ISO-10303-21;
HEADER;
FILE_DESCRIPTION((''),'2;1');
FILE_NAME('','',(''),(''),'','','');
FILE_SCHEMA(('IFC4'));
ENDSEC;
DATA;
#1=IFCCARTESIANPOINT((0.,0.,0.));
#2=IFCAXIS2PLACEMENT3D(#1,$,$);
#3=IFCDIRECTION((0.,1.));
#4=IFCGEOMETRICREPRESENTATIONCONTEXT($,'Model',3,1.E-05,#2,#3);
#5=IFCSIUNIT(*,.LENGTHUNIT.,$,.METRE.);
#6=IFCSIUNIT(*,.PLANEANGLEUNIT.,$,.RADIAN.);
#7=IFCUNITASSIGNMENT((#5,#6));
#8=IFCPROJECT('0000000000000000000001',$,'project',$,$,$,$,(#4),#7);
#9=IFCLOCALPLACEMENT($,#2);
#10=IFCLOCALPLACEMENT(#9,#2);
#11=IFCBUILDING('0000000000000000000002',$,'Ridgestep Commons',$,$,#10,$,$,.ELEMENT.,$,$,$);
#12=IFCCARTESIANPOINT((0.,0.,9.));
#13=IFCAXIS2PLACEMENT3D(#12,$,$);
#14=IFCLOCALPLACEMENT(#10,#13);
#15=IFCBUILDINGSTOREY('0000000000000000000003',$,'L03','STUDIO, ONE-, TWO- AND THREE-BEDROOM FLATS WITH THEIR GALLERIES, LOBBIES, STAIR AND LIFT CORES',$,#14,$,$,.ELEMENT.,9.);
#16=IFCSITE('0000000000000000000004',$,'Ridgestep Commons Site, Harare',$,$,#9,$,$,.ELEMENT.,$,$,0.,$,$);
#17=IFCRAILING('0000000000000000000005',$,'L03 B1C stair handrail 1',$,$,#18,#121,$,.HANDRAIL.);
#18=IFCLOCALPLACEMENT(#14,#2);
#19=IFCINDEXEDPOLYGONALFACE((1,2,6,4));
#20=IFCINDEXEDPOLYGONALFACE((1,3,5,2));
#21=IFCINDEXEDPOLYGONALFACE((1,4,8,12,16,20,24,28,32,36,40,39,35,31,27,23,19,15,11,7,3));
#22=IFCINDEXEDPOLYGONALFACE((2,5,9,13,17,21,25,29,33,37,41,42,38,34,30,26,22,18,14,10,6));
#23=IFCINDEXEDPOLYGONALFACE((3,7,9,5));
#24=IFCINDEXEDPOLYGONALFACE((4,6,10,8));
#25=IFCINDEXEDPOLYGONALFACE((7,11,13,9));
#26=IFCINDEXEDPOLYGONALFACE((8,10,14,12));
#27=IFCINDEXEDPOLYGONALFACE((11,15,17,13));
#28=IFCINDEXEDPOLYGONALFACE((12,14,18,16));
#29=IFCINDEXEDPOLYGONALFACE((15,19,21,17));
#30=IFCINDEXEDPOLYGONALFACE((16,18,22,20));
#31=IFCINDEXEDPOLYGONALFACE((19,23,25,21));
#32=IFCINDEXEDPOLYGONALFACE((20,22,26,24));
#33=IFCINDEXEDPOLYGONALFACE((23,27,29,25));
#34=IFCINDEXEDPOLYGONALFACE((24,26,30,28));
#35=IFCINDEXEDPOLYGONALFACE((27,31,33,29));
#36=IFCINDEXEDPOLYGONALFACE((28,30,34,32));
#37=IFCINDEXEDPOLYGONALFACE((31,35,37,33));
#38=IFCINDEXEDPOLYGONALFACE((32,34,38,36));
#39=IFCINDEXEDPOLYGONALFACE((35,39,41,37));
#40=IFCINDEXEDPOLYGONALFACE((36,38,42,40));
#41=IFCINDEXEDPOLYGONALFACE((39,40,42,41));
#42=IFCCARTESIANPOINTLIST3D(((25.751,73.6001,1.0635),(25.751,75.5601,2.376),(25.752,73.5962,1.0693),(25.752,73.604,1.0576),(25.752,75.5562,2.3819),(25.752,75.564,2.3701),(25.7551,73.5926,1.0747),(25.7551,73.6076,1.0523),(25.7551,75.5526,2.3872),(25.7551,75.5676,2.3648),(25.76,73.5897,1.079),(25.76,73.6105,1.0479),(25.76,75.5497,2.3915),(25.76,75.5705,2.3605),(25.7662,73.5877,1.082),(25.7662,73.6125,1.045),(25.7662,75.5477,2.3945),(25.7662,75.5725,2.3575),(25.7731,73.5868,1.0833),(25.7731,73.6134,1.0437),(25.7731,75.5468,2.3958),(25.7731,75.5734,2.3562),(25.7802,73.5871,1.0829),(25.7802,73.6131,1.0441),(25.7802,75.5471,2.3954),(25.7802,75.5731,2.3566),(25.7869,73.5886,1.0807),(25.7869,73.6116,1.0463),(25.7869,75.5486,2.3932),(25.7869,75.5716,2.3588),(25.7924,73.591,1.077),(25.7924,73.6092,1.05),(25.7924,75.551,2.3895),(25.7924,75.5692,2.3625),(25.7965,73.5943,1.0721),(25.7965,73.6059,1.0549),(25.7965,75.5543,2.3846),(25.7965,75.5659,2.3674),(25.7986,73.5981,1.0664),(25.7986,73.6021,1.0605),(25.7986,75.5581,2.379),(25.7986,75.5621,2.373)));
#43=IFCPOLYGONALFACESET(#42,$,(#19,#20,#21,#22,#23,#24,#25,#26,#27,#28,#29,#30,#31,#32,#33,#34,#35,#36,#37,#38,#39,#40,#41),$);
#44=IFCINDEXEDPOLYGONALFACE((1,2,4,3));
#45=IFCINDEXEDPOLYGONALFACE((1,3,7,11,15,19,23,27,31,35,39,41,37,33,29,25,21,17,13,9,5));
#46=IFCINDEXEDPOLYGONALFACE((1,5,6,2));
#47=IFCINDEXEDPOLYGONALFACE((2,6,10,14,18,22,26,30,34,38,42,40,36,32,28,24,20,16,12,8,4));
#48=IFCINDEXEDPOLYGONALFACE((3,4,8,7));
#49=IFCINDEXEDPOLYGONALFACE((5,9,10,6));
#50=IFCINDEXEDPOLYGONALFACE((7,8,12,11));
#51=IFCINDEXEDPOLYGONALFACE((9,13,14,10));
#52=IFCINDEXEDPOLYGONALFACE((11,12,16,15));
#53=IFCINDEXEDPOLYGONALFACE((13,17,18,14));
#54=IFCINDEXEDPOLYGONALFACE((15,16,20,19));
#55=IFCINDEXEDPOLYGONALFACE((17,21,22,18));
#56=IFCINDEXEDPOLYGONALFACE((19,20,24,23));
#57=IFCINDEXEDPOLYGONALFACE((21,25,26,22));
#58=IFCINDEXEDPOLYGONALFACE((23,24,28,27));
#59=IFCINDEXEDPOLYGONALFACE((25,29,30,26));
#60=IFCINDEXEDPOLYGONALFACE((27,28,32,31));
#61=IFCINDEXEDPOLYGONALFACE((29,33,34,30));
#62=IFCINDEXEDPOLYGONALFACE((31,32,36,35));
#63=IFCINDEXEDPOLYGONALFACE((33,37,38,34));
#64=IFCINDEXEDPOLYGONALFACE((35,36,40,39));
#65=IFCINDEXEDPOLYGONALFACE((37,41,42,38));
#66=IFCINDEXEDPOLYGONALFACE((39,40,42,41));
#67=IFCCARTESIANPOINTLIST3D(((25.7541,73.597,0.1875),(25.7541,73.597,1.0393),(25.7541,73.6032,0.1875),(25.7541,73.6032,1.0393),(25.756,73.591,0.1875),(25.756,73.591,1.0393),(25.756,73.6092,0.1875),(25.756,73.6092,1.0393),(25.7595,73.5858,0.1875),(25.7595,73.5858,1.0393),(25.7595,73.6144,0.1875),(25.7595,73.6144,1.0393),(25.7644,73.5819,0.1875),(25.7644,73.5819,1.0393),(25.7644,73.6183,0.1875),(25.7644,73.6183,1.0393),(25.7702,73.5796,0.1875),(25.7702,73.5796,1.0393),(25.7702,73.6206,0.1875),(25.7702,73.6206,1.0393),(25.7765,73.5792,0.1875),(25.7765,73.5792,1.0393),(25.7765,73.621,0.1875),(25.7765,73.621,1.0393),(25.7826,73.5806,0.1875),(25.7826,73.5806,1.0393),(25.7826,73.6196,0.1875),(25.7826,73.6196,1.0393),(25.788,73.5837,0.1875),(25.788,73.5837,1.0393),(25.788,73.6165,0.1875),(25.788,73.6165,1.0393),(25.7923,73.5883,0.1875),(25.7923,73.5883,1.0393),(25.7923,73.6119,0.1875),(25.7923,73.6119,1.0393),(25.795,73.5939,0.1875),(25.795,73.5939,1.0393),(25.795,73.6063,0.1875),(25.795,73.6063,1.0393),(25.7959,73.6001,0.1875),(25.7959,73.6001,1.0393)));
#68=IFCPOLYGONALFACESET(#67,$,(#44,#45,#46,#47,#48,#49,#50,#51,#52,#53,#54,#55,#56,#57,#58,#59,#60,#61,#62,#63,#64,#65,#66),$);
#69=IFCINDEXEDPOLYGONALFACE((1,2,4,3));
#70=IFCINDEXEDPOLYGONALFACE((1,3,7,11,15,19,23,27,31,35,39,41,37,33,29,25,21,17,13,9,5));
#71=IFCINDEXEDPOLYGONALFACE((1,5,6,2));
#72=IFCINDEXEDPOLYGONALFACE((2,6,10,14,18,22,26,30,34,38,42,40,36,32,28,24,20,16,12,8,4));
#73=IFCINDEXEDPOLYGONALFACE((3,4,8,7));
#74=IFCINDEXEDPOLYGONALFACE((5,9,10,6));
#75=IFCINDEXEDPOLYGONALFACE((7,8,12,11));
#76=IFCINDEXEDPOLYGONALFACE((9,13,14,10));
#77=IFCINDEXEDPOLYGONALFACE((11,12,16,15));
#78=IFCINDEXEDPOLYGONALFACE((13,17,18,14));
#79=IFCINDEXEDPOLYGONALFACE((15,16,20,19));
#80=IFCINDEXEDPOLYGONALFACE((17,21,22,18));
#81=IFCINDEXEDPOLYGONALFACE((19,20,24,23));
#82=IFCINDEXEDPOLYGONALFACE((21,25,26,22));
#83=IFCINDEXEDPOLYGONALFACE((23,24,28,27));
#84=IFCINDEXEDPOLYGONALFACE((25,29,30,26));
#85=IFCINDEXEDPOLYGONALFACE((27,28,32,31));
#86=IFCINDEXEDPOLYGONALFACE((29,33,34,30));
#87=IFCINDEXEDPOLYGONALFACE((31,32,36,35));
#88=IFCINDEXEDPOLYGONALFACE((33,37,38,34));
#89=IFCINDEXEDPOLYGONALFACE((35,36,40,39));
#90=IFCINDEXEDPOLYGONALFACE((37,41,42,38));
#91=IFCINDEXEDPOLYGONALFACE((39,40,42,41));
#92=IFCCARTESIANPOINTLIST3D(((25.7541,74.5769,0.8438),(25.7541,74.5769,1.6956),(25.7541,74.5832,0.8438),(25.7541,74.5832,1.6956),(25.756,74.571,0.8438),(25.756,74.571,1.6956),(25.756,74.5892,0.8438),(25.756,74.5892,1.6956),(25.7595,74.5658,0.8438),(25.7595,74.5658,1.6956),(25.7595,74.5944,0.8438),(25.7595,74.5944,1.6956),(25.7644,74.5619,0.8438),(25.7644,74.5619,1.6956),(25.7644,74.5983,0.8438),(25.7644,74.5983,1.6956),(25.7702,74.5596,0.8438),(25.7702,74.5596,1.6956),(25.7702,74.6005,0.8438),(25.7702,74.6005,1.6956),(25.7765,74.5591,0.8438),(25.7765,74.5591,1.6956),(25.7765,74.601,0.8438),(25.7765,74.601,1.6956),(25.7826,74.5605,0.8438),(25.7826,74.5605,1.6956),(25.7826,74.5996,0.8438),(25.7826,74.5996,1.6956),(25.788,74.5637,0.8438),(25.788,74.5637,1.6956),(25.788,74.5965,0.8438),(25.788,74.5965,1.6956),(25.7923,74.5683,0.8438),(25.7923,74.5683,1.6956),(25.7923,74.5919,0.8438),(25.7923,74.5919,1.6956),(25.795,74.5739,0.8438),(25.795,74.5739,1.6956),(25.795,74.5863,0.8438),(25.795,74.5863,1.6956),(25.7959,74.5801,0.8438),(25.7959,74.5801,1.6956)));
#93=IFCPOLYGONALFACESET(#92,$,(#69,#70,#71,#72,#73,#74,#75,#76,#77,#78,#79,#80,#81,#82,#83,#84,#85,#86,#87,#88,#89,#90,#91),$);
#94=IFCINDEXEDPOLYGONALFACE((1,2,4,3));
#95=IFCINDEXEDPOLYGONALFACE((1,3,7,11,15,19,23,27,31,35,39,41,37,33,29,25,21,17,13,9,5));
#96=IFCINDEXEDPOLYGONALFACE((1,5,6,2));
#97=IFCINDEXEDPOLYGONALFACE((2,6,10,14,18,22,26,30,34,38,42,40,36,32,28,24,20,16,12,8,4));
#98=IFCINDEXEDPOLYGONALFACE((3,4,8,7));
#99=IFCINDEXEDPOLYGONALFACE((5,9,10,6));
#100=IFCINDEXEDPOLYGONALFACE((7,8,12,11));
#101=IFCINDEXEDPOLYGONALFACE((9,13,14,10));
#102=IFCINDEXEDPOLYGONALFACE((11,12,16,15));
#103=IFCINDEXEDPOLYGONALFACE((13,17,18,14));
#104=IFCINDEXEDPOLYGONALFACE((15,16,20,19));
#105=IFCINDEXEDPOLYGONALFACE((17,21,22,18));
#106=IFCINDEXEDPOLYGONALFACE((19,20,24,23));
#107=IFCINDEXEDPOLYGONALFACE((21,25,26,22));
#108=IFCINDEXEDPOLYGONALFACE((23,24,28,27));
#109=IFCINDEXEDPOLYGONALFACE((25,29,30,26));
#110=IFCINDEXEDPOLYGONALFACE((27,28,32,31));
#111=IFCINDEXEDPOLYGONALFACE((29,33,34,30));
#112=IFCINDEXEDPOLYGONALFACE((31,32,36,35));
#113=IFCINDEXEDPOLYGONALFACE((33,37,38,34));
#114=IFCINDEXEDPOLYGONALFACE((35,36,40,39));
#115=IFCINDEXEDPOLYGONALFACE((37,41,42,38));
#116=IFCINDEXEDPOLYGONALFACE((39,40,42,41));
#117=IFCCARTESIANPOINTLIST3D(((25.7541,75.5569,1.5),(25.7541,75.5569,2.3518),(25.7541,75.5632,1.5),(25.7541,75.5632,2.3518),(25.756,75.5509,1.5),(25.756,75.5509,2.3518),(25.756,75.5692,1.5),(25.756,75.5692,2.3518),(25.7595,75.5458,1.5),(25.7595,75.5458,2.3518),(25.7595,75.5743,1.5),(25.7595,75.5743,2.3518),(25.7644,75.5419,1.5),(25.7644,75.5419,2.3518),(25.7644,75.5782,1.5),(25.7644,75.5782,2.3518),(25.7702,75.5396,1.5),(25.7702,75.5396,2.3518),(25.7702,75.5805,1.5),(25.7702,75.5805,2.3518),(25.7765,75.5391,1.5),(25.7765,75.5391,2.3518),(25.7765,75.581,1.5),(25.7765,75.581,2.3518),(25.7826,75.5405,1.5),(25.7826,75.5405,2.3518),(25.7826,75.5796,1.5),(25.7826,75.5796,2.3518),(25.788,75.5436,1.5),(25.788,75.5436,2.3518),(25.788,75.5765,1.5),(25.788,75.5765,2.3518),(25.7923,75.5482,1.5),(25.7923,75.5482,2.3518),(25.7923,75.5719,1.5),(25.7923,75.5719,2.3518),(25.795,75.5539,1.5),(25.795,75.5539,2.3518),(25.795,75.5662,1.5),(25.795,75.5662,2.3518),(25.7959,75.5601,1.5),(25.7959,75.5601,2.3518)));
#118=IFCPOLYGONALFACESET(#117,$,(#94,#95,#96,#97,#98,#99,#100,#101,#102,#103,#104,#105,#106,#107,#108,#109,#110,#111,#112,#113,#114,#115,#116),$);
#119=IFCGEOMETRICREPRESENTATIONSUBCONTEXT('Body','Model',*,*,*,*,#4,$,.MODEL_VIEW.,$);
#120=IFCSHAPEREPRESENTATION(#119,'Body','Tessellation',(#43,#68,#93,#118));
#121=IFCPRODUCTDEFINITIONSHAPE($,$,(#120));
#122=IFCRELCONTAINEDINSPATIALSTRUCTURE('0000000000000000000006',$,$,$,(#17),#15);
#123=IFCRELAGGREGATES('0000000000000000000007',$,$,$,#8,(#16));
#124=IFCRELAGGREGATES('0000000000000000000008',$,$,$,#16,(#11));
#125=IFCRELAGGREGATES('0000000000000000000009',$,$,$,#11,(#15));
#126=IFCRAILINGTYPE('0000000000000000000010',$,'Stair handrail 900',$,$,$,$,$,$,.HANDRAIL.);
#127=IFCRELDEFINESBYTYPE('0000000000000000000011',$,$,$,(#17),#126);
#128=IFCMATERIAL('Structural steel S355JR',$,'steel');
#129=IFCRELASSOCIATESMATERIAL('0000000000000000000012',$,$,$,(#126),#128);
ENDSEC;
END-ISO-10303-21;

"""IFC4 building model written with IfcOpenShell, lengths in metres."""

from ifc_helpers import new_model, si_unit, direction, frame, origin, origin_2d, place, context, subcontext, project, spatial, circle, extrude, material, type_object, element, save


model = new_model("IFC4")

# Units and contexts
model_context = context("Model", 3, precision=1e-05, world=origin(), true_north=direction((0.0, 1.0)))
body_context = subcontext(model_context, "Body", "Model", "MODEL_VIEW")
ifc_project = project(units=[si_unit("LENGTHUNIT", "METRE"), si_unit("PLANEANGLEUNIT", "RADIAN")], contexts=[model_context])

# Site, building, storey
site_placement = place(None, origin())
site = spatial("IfcSite", under=ifc_project, at=site_placement, Name="Ridgestep Commons Site, Harare", CompositionType="ELEMENT", RefElevation=0.0)
building_placement = place(site_placement, origin())
building = spatial("IfcBuilding", under=site, at=building_placement, Name="Ridgestep Commons", CompositionType="ELEMENT")
storey_placement = place(building_placement, frame((0.0, 0.0, 9.0)))
storey = spatial("IfcBuildingStorey", under=building, at=storey_placement, Name="L03", Description="STUDIO, ONE-, TWO- AND THREE-BEDROOM FLATS WITH THEIR GALLERIES, LOBBIES, STAIR AND LIFT CORES", CompositionType="ELEMENT", Elevation=9.0)

# Railing
ifc_material_1 = material(Name="Structural steel S355JR", Category="steel")
railing_type_1 = type_object("IfcRailingType", Name="Stair handrail 900", PredefinedType="HANDRAIL", material=ifc_material_1)
railing_1_placement = place(storey_placement, frame((25.7749, 73.6001, 0.1875)))
element("IfcRailing", 1, at=railing_1_placement, inside=storey, type_object=railing_type_1, Name="L03 B1C stair handrail 1", PredefinedType="HANDRAIL", context=body_context, shape_type="SweptSolid", body=[
    extrude(circle(Radius=0.0239, at=origin_2d()), frame((0.0, 0.0, 0.876), z_axis=(0.0, 0.830902, 0.556419), x_axis=(-1.0, 0.0, 0.0)), (0.0, 0.0, 1.0), 2.3589),
    extrude(circle(Radius=0.021, at=origin_2d()), origin(), (0.0, 0.0, 1.0), 0.8518),
    extrude(circle(Radius=0.021, at=origin_2d()), frame((0.0, 0.98, 0.6562)), (0.0, 0.0, 1.0), 0.8518),
    extrude(circle(Radius=0.021, at=origin_2d()), frame((0.0, 1.96, 1.3125)), (0.0, 0.0, 1.0), 0.8518),
])

save(model, "model.ifc")
